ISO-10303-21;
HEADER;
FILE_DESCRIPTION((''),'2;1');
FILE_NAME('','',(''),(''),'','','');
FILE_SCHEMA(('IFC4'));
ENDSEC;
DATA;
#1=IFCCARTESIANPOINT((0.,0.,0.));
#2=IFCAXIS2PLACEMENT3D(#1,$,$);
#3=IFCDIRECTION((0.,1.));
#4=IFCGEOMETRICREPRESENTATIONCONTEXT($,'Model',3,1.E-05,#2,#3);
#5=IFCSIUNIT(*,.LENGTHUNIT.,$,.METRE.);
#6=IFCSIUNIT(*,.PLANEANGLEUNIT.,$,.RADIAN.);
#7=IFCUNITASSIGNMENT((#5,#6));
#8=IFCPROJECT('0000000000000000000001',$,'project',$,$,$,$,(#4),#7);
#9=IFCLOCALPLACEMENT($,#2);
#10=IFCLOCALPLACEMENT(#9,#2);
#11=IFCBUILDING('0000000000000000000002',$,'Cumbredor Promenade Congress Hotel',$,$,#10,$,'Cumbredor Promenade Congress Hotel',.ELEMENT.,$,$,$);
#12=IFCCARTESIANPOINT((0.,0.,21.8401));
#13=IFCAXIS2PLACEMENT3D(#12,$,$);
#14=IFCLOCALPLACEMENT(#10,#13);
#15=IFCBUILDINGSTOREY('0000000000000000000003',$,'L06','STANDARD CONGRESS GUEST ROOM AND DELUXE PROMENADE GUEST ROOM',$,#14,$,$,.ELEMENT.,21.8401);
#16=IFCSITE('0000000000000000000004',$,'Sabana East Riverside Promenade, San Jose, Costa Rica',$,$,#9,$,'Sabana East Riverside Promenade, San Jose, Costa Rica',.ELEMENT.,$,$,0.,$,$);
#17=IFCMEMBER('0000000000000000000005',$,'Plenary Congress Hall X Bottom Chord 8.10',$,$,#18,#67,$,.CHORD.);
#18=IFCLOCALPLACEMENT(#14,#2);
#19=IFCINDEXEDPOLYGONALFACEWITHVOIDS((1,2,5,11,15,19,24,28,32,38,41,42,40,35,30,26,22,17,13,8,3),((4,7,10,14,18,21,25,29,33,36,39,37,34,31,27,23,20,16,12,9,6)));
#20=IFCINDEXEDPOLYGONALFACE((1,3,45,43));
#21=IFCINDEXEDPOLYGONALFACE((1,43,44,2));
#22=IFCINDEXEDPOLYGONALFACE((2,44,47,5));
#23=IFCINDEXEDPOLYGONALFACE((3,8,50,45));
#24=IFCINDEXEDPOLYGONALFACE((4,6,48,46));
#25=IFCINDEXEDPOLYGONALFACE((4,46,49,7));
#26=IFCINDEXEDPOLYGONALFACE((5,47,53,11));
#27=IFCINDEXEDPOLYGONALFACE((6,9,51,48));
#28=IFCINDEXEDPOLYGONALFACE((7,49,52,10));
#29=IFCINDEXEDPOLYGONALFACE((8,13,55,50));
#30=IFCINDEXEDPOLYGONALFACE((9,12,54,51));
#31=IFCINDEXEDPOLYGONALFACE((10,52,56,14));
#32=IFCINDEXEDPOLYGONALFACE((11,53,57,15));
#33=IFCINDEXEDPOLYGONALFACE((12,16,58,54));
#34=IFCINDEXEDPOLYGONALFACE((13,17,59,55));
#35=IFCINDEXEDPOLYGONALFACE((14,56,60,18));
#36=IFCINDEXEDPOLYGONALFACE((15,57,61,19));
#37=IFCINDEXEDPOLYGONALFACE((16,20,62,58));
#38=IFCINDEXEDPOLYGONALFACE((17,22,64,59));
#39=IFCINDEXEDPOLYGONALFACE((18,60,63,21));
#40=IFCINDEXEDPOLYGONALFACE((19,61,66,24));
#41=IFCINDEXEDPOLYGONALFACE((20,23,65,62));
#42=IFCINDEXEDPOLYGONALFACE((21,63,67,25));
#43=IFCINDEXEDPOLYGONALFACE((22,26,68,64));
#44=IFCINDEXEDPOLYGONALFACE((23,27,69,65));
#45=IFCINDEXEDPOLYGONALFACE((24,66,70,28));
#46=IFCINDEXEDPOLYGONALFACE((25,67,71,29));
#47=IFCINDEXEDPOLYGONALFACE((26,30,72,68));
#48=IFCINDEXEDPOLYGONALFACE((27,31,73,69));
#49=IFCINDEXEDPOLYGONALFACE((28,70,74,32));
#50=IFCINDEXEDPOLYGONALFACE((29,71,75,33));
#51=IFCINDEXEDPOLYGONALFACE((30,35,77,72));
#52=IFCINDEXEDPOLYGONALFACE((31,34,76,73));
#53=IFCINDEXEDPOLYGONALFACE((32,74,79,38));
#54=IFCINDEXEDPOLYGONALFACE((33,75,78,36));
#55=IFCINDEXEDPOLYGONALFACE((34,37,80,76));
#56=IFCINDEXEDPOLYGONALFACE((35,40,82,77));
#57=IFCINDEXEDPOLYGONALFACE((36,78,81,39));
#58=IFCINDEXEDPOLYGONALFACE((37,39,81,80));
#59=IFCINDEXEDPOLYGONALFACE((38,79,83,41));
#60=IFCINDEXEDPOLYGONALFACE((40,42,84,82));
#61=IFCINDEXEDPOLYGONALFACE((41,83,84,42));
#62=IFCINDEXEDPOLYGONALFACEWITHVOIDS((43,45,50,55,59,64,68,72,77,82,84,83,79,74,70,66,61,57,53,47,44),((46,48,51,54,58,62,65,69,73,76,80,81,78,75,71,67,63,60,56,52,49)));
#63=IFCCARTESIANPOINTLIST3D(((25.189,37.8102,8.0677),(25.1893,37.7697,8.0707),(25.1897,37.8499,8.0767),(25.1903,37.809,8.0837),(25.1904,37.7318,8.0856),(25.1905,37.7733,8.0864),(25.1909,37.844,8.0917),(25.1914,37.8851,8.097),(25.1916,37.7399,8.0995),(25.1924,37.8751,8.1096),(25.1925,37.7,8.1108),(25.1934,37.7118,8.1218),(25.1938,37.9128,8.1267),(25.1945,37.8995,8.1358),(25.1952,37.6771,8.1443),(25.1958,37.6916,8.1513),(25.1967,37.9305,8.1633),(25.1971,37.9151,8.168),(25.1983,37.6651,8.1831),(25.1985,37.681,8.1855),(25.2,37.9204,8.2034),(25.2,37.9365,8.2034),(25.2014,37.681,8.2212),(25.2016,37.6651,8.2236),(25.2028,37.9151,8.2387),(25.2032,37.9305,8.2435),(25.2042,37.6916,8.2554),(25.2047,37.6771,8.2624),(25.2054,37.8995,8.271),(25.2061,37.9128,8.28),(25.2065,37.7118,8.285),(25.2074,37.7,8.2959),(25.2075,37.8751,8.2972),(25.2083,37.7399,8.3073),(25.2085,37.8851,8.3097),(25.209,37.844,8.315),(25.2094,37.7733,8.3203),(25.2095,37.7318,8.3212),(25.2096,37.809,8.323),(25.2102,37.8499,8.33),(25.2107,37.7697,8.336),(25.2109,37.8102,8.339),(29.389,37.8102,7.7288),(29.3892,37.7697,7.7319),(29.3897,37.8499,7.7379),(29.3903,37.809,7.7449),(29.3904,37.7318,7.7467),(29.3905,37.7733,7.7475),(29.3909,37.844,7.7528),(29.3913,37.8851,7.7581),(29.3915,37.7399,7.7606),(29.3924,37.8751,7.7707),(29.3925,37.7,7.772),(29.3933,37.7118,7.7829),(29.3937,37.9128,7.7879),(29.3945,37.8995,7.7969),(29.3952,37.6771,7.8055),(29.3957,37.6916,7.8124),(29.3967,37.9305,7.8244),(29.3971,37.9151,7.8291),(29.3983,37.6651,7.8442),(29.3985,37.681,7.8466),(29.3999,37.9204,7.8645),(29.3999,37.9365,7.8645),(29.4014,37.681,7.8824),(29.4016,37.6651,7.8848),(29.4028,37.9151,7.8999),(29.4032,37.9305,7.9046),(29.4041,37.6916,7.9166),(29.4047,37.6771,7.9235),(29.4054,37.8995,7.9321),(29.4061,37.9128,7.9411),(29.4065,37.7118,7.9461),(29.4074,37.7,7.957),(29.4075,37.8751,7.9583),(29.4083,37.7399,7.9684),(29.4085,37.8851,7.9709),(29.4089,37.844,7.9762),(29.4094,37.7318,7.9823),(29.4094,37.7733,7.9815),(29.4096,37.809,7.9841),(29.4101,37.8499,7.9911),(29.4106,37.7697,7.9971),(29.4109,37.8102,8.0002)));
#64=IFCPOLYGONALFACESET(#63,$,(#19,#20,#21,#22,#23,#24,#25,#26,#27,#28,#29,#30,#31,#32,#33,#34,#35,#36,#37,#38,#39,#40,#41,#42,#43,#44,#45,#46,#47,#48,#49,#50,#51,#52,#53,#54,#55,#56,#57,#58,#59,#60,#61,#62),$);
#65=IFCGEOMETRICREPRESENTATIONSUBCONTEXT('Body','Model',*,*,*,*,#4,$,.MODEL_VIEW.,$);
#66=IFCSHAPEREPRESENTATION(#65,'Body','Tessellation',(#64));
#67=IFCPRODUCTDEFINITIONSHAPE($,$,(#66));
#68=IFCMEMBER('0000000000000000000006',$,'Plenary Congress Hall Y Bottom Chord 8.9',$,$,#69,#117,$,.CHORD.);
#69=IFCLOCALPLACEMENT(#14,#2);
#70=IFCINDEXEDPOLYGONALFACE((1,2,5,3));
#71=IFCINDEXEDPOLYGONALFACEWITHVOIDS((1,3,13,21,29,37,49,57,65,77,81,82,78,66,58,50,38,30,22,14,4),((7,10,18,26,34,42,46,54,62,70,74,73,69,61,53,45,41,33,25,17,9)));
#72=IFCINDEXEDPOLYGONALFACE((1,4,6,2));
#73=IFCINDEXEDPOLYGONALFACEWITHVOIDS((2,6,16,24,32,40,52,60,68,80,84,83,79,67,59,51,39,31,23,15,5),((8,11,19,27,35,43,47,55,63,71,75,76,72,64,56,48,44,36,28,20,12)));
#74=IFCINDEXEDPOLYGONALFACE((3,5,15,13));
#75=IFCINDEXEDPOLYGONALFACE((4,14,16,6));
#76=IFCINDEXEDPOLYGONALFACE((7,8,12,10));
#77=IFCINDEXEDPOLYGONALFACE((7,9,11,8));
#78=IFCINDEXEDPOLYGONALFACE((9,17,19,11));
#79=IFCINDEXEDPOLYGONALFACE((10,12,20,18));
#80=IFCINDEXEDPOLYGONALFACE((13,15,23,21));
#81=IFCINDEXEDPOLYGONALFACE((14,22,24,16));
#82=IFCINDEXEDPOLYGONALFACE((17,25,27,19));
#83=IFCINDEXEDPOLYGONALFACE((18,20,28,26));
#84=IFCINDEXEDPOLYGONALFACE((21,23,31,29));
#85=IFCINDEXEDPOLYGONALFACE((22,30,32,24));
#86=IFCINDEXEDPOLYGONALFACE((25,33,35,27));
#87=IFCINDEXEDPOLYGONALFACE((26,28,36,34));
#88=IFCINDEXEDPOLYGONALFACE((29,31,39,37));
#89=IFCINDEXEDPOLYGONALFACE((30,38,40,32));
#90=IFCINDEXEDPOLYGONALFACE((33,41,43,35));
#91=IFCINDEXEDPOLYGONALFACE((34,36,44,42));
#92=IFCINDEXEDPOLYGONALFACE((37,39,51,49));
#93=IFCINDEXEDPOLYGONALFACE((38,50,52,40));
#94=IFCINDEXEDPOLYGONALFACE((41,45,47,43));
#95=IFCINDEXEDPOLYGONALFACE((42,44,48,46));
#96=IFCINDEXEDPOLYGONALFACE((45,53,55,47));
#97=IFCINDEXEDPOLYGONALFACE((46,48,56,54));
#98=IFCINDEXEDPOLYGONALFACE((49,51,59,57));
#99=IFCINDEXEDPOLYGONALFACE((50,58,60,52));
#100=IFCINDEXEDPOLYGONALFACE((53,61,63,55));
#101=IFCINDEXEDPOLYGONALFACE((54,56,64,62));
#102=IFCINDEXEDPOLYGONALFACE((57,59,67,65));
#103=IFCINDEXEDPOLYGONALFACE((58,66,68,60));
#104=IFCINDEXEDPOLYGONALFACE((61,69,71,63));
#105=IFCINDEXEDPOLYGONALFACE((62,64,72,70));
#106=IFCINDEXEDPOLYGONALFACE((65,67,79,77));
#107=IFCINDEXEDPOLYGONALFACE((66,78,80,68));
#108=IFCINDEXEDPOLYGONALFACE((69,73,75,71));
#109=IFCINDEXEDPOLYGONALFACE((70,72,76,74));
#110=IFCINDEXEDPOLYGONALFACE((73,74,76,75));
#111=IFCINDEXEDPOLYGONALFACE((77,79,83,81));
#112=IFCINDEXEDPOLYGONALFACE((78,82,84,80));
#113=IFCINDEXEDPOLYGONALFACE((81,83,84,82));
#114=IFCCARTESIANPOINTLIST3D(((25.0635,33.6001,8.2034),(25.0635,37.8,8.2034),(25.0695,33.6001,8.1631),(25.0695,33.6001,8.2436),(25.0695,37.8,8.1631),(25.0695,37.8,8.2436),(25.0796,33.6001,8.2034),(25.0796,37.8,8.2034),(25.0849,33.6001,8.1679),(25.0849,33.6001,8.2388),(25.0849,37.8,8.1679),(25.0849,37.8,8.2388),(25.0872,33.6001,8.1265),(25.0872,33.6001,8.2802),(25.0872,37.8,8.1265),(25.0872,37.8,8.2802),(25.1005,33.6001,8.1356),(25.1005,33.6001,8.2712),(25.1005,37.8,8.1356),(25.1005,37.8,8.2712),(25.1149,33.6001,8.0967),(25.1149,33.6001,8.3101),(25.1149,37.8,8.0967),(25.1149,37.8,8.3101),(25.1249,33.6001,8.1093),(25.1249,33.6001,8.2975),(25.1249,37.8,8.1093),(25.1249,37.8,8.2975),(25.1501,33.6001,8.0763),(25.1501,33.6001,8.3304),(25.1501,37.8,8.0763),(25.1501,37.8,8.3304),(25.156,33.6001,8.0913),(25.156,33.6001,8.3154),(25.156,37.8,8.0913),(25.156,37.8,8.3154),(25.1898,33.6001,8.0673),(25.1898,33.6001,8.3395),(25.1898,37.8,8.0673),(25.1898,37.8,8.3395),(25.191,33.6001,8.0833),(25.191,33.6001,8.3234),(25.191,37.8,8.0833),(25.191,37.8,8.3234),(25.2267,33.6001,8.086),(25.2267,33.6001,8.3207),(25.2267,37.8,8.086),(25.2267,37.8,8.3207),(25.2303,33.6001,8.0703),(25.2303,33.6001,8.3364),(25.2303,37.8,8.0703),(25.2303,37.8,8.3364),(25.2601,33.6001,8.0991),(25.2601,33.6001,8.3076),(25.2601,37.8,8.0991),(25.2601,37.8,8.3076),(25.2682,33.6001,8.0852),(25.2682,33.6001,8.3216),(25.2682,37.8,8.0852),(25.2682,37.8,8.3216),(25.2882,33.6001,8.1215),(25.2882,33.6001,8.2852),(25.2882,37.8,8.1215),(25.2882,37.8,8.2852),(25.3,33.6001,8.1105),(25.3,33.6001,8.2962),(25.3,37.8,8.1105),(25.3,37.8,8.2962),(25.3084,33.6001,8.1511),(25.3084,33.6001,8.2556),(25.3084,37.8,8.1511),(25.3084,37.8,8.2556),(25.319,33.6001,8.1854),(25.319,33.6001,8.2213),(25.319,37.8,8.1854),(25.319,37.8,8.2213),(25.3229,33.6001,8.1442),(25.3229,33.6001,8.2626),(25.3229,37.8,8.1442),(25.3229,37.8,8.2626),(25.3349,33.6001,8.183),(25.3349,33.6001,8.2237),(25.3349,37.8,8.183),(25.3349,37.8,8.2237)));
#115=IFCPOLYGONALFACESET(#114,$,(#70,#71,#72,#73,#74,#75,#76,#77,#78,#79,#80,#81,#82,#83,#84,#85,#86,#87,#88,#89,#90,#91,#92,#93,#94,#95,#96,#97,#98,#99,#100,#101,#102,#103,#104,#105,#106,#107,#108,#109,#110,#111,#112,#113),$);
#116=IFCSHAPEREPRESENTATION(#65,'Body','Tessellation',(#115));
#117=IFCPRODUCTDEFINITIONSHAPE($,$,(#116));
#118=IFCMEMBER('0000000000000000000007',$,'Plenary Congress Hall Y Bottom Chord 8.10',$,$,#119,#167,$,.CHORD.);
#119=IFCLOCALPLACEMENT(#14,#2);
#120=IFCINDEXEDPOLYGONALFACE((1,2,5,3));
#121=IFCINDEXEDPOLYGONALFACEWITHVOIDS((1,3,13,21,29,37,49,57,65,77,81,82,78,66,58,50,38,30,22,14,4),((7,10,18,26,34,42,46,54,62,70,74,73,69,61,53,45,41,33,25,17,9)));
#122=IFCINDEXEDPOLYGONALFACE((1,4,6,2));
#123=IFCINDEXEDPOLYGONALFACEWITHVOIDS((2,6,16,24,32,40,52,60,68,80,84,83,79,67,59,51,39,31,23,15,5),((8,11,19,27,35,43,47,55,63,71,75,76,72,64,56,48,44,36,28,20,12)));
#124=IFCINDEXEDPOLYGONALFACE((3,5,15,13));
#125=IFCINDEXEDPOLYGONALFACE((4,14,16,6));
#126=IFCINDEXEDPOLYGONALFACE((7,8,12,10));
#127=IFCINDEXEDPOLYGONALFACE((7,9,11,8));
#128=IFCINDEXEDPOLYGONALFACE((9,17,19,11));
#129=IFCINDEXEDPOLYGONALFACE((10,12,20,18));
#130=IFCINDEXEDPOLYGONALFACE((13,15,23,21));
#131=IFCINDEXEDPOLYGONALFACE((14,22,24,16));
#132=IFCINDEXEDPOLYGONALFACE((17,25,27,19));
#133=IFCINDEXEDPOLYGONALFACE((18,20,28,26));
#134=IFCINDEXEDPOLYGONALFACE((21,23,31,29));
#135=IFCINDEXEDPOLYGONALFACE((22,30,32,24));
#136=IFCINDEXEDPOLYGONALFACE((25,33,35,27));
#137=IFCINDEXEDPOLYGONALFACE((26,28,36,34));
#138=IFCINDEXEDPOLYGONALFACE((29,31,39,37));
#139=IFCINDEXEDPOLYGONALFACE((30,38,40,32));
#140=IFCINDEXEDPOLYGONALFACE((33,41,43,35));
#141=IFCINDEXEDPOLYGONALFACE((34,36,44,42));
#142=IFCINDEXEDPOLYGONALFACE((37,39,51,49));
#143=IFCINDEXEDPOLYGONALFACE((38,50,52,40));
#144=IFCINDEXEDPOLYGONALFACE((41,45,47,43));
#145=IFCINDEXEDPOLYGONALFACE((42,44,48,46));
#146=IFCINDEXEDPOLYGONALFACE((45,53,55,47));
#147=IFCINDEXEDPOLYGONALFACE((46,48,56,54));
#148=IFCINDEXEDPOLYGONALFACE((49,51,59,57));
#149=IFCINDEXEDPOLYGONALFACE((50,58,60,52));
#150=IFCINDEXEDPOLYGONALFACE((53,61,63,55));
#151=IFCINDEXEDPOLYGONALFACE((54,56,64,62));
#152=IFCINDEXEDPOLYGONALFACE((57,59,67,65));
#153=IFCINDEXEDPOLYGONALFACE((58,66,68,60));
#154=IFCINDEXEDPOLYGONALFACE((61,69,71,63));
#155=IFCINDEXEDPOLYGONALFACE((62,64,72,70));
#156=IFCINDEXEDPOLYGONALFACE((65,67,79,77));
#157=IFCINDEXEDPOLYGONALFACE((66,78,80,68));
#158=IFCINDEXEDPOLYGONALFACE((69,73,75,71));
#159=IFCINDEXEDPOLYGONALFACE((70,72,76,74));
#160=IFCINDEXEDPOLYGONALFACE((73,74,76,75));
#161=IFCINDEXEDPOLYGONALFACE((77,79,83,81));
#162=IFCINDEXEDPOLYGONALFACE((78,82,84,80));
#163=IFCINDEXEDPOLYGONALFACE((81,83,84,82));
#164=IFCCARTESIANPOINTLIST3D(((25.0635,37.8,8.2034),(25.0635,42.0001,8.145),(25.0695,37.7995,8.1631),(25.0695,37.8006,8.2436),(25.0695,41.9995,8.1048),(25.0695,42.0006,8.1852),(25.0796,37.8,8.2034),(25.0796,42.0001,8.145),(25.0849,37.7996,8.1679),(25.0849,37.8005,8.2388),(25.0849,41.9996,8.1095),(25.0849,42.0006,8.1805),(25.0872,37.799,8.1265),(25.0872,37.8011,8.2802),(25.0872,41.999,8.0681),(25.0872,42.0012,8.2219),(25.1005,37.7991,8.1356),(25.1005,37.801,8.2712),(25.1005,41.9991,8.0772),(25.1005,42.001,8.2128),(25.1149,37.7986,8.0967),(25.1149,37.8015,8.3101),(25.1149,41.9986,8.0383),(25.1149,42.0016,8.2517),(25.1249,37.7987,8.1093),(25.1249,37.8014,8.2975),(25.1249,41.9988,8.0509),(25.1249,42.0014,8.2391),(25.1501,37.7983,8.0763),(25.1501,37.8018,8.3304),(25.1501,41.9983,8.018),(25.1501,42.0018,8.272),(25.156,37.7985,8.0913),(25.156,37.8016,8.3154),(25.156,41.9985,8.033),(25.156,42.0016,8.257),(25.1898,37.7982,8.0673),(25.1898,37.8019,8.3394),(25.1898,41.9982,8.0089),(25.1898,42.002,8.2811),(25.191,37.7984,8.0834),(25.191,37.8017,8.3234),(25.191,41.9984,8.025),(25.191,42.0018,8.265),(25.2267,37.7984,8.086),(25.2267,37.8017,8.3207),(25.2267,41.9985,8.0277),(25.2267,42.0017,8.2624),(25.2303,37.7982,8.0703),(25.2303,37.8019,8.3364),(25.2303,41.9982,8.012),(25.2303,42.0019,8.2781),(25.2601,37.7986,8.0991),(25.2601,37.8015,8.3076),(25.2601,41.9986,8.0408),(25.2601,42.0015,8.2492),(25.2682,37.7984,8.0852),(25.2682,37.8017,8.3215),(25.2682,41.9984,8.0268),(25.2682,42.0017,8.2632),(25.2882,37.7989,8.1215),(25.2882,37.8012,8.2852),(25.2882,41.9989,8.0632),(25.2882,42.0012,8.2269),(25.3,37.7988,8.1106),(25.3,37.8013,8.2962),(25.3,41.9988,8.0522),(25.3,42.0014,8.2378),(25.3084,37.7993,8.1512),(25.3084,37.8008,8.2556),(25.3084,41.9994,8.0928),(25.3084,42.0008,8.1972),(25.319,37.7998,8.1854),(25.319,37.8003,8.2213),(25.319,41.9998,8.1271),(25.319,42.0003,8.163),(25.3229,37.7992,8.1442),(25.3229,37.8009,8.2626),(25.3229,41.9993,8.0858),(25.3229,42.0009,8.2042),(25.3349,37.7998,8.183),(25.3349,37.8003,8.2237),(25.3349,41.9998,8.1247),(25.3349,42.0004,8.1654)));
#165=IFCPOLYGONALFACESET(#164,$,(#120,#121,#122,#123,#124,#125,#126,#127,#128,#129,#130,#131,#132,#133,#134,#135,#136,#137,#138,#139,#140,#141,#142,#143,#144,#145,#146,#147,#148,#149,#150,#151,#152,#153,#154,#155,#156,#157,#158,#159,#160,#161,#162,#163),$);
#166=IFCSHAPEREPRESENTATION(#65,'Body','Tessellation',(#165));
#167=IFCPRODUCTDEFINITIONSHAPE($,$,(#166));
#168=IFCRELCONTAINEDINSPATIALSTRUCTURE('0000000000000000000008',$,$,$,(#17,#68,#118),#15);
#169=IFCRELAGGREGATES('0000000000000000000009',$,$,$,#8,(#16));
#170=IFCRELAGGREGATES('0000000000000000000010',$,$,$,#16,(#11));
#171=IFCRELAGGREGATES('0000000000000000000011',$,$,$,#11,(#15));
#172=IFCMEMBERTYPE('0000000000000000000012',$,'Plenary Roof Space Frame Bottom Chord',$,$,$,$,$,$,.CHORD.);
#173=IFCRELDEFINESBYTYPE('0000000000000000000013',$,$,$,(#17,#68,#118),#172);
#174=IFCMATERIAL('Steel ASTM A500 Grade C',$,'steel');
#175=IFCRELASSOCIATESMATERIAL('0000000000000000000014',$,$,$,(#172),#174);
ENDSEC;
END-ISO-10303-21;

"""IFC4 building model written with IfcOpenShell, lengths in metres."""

from ifc_helpers import new_model, si_unit, direction, frame, origin, origin_2d, place, context, subcontext, project, spatial, hollow_circle, extrude, material, material_profile, profile_set, type_object, element, save


model = new_model("IFC4")

# Units and contexts
model_context = context("Model", 3, precision=1e-05, world=origin(), true_north=direction((0.0, 1.0)))
body_context = subcontext(model_context, "Body", "Model", "MODEL_VIEW")
ifc_project = project(units=[si_unit("LENGTHUNIT", "METRE"), si_unit("PLANEANGLEUNIT", "RADIAN")], contexts=[model_context])

# Site, building, storey
site_placement = place(None, origin())
site = spatial("IfcSite", under=ifc_project, at=site_placement, Name="Sabana East Riverside Promenade, San Jose, Costa Rica", LongName="Sabana East Riverside Promenade, San Jose, Costa Rica", CompositionType="ELEMENT", RefElevation=0.0)
building_placement = place(site_placement, origin())
building = spatial("IfcBuilding", under=site, at=building_placement, Name="Cumbredor Promenade Congress Hotel", LongName="Cumbredor Promenade Congress Hotel", CompositionType="ELEMENT")
storey_placement = place(building_placement, frame((0.0, 0.0, 21.8401)))
storey = spatial("IfcBuildingStorey", under=building, at=storey_placement, Name="L06", Description="STANDARD CONGRESS GUEST ROOM AND DELUXE PROMENADE GUEST ROOM", CompositionType="ELEMENT", Elevation=21.8401)

# Members
ifc_material_1 = material(Name="Steel ASTM A500 Grade C", Category="steel")
ifc_material_profile_1 = material_profile(ifc_material_1, hollow_circle(Radius=0.1365, WallThickness=0.0161, at=origin_2d()), Name="CHS 273.0x16")
ifc_profile_set_1 = profile_set([ifc_material_profile_1], Name="Steel ASTM A500 Grade C")
member_type_1 = type_object("IfcMemberType", Name="Plenary Roof Space Frame Bottom Chord", PredefinedType="CHORD", material=ifc_profile_set_1)
member_1_placement = place(storey_placement, frame((25.2, 37.8, 8.2034), z_axis=(0.996761, 0.0, -0.080422), x_axis=(0.0, 1.0, 0.0)))
element("IfcMember", 1, at=member_1_placement, inside=storey, type_object=member_type_1, Name="Plenary Congress Hall X Bottom Chord 8.10", PredefinedType="CHORD", context=body_context, shape_type="SweptSolid", body=[
    extrude(hollow_circle(Radius=0.1365, WallThickness=0.0161, at=origin_2d()), origin(), (0.0, 0.0, 1.0), 4.2136),
])
member_2_placement = place(storey_placement, frame((25.2, 33.6001, 8.2034), z_axis=(0.0, 1.0, 0.0), x_axis=(-1.0, 0.0, 0.0)))
element("IfcMember", 2, at=member_2_placement, inside=storey, type_object=member_type_1, Name="Plenary Congress Hall Y Bottom Chord 8.9", PredefinedType="CHORD", context=body_context, shape_type="SweptSolid", body=[
    extrude(hollow_circle(Radius=0.1365, WallThickness=0.0161, at=origin_2d()), origin(), (0.0, 0.0, 1.0), 4.2),
])
member_3_placement = place(storey_placement, frame((25.2, 37.8, 8.2034), z_axis=(0.0, 0.999904, -0.013892), x_axis=(-1.0, 0.0, 0.0)))
element("IfcMember", 3, at=member_3_placement, inside=storey, type_object=member_type_1, Name="Plenary Congress Hall Y Bottom Chord 8.10", PredefinedType="CHORD", context=body_context, shape_type="SweptSolid", body=[
    extrude(hollow_circle(Radius=0.1365, WallThickness=0.0161, at=origin_2d()), origin(), (0.0, 0.0, 1.0), 4.2004),
])

save(model, "model.ifc")
